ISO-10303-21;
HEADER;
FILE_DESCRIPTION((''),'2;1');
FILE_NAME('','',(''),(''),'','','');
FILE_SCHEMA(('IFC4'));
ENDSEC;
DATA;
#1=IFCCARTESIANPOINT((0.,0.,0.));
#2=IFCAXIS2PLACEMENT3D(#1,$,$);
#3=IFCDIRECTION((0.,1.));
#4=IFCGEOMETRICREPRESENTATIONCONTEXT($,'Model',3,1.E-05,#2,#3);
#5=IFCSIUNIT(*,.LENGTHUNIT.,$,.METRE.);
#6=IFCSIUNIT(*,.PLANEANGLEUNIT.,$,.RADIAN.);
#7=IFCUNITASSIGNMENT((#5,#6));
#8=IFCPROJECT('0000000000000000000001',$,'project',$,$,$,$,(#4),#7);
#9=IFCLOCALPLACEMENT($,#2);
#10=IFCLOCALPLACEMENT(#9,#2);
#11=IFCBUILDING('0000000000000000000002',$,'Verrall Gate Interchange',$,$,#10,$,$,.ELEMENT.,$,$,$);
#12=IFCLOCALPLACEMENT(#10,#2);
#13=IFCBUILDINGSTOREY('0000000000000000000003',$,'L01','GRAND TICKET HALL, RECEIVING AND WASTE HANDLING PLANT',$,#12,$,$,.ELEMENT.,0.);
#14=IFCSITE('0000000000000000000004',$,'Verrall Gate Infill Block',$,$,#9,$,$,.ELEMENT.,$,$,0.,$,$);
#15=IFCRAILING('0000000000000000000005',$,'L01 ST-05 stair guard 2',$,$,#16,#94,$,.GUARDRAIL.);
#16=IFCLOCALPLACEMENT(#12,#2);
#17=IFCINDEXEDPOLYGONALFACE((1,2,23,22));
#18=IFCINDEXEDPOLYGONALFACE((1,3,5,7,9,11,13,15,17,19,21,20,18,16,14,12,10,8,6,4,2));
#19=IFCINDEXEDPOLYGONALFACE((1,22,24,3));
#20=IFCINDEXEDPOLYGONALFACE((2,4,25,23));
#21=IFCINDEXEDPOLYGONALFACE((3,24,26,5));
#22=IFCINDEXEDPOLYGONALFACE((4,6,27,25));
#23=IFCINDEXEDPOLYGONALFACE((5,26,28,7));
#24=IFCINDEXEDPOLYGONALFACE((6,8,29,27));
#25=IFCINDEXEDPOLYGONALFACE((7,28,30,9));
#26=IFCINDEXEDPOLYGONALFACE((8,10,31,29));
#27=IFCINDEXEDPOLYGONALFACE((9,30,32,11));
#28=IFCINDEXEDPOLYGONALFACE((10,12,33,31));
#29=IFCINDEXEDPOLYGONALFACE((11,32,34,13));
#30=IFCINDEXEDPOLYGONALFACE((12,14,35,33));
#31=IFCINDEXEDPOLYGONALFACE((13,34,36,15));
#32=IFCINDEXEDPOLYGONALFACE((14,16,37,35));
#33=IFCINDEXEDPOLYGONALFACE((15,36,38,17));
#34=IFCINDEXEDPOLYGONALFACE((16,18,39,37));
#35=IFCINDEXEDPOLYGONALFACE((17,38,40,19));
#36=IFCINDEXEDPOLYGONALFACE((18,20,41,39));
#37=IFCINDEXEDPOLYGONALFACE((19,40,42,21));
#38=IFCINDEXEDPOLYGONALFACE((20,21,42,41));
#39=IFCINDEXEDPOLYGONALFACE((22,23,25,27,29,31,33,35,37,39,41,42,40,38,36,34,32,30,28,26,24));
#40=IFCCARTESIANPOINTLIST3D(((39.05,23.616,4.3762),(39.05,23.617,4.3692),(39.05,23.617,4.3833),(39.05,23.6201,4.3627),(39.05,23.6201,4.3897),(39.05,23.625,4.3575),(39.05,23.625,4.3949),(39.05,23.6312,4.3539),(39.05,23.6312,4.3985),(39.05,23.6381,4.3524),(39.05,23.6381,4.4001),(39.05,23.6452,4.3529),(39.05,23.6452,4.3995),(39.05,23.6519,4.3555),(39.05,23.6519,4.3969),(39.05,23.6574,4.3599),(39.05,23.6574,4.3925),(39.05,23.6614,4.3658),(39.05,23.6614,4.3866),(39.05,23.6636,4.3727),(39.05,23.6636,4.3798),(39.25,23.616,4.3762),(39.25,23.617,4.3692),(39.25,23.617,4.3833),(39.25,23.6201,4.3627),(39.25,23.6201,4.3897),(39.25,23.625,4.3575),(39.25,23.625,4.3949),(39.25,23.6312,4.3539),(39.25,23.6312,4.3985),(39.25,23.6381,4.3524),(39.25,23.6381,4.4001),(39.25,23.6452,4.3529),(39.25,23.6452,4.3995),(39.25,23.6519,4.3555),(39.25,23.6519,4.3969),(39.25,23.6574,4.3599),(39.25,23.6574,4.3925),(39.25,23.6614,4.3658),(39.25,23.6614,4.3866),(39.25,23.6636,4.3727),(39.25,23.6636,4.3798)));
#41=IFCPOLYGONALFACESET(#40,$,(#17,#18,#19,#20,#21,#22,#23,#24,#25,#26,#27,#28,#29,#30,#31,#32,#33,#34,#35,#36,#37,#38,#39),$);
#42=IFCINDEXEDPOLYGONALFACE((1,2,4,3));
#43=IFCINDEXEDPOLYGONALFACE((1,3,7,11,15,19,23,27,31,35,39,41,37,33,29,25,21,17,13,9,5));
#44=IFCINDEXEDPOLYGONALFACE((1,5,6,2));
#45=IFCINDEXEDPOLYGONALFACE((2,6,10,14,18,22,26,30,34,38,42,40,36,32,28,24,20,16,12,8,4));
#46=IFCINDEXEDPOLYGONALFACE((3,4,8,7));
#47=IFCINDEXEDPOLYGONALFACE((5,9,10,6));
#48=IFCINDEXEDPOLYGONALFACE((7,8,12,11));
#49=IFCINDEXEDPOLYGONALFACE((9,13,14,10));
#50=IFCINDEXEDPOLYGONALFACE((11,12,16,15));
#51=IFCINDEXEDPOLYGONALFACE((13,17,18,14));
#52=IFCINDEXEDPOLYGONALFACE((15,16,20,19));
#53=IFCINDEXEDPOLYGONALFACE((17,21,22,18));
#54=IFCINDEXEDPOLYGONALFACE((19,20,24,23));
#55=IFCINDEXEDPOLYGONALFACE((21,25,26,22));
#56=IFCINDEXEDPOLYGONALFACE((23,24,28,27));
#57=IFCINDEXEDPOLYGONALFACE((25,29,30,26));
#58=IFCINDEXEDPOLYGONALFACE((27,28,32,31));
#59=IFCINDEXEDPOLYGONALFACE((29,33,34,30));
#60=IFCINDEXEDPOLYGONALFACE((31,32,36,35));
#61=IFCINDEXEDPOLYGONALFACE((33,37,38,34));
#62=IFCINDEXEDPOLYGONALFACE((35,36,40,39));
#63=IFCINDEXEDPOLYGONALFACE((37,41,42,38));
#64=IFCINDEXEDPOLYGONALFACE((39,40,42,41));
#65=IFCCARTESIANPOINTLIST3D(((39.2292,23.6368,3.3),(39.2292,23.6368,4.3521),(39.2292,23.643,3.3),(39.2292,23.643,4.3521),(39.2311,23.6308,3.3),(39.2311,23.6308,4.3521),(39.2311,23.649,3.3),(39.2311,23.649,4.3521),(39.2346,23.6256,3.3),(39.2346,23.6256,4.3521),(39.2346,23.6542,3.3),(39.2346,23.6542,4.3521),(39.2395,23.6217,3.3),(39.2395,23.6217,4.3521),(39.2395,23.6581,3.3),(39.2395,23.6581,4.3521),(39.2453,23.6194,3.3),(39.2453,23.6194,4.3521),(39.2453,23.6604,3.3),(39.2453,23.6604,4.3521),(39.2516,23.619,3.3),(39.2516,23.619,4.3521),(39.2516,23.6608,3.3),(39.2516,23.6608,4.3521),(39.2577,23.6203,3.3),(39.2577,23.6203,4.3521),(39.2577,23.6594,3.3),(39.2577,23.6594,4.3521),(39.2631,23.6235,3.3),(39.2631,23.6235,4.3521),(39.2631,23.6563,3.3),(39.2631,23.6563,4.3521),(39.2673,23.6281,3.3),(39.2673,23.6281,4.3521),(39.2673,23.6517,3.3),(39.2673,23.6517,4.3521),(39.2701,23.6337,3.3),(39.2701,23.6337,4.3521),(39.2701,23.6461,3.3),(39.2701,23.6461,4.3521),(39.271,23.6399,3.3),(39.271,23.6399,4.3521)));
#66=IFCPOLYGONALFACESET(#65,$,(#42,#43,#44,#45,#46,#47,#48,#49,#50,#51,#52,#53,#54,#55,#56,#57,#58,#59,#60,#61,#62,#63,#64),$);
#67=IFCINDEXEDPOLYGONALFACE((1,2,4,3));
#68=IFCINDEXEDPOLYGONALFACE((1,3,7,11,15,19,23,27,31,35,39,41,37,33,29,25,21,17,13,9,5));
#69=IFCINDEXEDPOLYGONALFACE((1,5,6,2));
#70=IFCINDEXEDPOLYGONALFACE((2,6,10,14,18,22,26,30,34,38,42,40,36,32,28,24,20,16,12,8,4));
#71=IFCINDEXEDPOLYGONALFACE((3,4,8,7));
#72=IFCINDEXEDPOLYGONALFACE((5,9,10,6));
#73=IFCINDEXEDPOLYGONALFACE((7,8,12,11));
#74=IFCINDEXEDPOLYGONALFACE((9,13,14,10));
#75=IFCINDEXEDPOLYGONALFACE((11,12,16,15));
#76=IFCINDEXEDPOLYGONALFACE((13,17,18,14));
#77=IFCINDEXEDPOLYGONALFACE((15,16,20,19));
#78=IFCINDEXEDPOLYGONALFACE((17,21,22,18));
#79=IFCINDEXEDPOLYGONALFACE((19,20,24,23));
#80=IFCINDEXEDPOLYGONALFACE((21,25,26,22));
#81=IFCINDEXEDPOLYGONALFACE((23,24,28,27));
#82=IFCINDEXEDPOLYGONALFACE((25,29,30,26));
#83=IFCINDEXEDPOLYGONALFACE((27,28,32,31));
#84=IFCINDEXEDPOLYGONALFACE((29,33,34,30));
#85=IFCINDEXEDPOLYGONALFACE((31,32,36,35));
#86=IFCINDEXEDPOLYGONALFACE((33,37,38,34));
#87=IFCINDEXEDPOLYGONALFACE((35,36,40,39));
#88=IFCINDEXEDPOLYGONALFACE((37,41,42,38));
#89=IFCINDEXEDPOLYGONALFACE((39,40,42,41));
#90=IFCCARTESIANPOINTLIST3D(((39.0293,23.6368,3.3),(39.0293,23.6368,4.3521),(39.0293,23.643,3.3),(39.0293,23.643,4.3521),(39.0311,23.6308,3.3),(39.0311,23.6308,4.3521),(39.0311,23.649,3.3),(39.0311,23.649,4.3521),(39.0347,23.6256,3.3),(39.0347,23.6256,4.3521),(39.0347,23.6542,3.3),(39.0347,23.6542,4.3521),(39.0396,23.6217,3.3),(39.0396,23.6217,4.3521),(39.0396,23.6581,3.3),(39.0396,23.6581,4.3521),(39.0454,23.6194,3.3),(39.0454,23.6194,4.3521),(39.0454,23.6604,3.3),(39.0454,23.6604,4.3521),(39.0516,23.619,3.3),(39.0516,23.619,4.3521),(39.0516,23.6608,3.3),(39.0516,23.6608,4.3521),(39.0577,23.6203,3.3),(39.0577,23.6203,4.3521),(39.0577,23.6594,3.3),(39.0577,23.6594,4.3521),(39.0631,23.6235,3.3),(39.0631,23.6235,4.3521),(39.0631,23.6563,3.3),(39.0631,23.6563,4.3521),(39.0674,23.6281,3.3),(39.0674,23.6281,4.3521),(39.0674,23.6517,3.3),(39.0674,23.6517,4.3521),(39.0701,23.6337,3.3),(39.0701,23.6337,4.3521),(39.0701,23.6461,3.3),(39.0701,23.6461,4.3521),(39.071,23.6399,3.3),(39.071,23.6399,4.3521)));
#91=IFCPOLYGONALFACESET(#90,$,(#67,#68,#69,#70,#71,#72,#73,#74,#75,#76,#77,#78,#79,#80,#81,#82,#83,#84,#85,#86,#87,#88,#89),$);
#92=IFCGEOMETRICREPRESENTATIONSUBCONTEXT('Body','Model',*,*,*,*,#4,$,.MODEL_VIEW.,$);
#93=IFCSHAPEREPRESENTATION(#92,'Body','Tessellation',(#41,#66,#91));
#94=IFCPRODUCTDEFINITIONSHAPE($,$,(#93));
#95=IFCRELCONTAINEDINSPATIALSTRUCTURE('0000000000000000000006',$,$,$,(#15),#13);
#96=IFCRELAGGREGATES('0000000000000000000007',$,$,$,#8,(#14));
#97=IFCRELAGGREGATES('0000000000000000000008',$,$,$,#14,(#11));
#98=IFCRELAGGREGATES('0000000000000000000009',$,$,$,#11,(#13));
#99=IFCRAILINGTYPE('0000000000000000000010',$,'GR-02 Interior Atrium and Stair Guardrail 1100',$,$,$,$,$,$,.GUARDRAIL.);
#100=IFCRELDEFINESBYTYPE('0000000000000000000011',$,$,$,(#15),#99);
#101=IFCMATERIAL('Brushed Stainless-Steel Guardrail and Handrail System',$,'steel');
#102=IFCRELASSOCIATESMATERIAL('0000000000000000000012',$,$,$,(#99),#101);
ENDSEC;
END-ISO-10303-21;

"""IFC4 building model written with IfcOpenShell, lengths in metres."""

from ifc_helpers import new_model, si_unit, direction, frame, origin, origin_2d, place, context, subcontext, project, spatial, circle, extrude, material, type_object, element, save


model = new_model("IFC4")

# Units and contexts
model_context = context("Model", 3, precision=1e-05, world=origin(), true_north=direction((0.0, 1.0)))
body_context = subcontext(model_context, "Body", "Model", "MODEL_VIEW")
ifc_project = project(units=[si_unit("LENGTHUNIT", "METRE"), si_unit("PLANEANGLEUNIT", "RADIAN")], contexts=[model_context])

# Site, building, storey
site_placement = place(None, origin())
site = spatial("IfcSite", under=ifc_project, at=site_placement, Name="Verrall Gate Infill Block", CompositionType="ELEMENT", RefElevation=0.0)
building_placement = place(site_placement, origin())
building = spatial("IfcBuilding", under=site, at=building_placement, Name="Verrall Gate Interchange", CompositionType="ELEMENT")
storey_placement = place(building_placement, origin())
storey = spatial("IfcBuildingStorey", under=building, at=storey_placement, Name="L01", Description="GRAND TICKET HALL, RECEIVING AND WASTE HANDLING PLANT", CompositionType="ELEMENT", Elevation=0.0)

# Railing
ifc_material_1 = material(Name="Brushed Stainless-Steel Guardrail and Handrail System", Category="steel")
railing_type_1 = type_object("IfcRailingType", Name="GR-02 Interior Atrium and Stair Guardrail 1100", PredefinedType="GUARDRAIL", material=ifc_material_1)
railing_1_placement = place(storey_placement, frame((39.25, 23.6399, 3.3)))
element("IfcRailing", 1, at=railing_1_placement, inside=storey, type_object=railing_type_1, Name="L01 ST-05 stair guard 2", PredefinedType="GUARDRAIL", context=body_context, shape_type="SweptSolid", body=[
    extrude(circle(Radius=0.0239, at=origin_2d()), frame((0.0, 0.0, 1.0762), z_axis=(-1.0, 0.0, 0.0), x_axis=(0.0, -1.0, 0.0)), (0.0, 0.0, 1.0), 0.2),
    extrude(circle(Radius=0.021, at=origin_2d()), origin(), (0.0, 0.0, 1.0), 1.052),
    extrude(circle(Radius=0.021, at=origin_2d()), frame((-0.2, 0.0, 0.0)), (0.0, 0.0, 1.0), 1.052),
])

save(model, "model.ifc")
